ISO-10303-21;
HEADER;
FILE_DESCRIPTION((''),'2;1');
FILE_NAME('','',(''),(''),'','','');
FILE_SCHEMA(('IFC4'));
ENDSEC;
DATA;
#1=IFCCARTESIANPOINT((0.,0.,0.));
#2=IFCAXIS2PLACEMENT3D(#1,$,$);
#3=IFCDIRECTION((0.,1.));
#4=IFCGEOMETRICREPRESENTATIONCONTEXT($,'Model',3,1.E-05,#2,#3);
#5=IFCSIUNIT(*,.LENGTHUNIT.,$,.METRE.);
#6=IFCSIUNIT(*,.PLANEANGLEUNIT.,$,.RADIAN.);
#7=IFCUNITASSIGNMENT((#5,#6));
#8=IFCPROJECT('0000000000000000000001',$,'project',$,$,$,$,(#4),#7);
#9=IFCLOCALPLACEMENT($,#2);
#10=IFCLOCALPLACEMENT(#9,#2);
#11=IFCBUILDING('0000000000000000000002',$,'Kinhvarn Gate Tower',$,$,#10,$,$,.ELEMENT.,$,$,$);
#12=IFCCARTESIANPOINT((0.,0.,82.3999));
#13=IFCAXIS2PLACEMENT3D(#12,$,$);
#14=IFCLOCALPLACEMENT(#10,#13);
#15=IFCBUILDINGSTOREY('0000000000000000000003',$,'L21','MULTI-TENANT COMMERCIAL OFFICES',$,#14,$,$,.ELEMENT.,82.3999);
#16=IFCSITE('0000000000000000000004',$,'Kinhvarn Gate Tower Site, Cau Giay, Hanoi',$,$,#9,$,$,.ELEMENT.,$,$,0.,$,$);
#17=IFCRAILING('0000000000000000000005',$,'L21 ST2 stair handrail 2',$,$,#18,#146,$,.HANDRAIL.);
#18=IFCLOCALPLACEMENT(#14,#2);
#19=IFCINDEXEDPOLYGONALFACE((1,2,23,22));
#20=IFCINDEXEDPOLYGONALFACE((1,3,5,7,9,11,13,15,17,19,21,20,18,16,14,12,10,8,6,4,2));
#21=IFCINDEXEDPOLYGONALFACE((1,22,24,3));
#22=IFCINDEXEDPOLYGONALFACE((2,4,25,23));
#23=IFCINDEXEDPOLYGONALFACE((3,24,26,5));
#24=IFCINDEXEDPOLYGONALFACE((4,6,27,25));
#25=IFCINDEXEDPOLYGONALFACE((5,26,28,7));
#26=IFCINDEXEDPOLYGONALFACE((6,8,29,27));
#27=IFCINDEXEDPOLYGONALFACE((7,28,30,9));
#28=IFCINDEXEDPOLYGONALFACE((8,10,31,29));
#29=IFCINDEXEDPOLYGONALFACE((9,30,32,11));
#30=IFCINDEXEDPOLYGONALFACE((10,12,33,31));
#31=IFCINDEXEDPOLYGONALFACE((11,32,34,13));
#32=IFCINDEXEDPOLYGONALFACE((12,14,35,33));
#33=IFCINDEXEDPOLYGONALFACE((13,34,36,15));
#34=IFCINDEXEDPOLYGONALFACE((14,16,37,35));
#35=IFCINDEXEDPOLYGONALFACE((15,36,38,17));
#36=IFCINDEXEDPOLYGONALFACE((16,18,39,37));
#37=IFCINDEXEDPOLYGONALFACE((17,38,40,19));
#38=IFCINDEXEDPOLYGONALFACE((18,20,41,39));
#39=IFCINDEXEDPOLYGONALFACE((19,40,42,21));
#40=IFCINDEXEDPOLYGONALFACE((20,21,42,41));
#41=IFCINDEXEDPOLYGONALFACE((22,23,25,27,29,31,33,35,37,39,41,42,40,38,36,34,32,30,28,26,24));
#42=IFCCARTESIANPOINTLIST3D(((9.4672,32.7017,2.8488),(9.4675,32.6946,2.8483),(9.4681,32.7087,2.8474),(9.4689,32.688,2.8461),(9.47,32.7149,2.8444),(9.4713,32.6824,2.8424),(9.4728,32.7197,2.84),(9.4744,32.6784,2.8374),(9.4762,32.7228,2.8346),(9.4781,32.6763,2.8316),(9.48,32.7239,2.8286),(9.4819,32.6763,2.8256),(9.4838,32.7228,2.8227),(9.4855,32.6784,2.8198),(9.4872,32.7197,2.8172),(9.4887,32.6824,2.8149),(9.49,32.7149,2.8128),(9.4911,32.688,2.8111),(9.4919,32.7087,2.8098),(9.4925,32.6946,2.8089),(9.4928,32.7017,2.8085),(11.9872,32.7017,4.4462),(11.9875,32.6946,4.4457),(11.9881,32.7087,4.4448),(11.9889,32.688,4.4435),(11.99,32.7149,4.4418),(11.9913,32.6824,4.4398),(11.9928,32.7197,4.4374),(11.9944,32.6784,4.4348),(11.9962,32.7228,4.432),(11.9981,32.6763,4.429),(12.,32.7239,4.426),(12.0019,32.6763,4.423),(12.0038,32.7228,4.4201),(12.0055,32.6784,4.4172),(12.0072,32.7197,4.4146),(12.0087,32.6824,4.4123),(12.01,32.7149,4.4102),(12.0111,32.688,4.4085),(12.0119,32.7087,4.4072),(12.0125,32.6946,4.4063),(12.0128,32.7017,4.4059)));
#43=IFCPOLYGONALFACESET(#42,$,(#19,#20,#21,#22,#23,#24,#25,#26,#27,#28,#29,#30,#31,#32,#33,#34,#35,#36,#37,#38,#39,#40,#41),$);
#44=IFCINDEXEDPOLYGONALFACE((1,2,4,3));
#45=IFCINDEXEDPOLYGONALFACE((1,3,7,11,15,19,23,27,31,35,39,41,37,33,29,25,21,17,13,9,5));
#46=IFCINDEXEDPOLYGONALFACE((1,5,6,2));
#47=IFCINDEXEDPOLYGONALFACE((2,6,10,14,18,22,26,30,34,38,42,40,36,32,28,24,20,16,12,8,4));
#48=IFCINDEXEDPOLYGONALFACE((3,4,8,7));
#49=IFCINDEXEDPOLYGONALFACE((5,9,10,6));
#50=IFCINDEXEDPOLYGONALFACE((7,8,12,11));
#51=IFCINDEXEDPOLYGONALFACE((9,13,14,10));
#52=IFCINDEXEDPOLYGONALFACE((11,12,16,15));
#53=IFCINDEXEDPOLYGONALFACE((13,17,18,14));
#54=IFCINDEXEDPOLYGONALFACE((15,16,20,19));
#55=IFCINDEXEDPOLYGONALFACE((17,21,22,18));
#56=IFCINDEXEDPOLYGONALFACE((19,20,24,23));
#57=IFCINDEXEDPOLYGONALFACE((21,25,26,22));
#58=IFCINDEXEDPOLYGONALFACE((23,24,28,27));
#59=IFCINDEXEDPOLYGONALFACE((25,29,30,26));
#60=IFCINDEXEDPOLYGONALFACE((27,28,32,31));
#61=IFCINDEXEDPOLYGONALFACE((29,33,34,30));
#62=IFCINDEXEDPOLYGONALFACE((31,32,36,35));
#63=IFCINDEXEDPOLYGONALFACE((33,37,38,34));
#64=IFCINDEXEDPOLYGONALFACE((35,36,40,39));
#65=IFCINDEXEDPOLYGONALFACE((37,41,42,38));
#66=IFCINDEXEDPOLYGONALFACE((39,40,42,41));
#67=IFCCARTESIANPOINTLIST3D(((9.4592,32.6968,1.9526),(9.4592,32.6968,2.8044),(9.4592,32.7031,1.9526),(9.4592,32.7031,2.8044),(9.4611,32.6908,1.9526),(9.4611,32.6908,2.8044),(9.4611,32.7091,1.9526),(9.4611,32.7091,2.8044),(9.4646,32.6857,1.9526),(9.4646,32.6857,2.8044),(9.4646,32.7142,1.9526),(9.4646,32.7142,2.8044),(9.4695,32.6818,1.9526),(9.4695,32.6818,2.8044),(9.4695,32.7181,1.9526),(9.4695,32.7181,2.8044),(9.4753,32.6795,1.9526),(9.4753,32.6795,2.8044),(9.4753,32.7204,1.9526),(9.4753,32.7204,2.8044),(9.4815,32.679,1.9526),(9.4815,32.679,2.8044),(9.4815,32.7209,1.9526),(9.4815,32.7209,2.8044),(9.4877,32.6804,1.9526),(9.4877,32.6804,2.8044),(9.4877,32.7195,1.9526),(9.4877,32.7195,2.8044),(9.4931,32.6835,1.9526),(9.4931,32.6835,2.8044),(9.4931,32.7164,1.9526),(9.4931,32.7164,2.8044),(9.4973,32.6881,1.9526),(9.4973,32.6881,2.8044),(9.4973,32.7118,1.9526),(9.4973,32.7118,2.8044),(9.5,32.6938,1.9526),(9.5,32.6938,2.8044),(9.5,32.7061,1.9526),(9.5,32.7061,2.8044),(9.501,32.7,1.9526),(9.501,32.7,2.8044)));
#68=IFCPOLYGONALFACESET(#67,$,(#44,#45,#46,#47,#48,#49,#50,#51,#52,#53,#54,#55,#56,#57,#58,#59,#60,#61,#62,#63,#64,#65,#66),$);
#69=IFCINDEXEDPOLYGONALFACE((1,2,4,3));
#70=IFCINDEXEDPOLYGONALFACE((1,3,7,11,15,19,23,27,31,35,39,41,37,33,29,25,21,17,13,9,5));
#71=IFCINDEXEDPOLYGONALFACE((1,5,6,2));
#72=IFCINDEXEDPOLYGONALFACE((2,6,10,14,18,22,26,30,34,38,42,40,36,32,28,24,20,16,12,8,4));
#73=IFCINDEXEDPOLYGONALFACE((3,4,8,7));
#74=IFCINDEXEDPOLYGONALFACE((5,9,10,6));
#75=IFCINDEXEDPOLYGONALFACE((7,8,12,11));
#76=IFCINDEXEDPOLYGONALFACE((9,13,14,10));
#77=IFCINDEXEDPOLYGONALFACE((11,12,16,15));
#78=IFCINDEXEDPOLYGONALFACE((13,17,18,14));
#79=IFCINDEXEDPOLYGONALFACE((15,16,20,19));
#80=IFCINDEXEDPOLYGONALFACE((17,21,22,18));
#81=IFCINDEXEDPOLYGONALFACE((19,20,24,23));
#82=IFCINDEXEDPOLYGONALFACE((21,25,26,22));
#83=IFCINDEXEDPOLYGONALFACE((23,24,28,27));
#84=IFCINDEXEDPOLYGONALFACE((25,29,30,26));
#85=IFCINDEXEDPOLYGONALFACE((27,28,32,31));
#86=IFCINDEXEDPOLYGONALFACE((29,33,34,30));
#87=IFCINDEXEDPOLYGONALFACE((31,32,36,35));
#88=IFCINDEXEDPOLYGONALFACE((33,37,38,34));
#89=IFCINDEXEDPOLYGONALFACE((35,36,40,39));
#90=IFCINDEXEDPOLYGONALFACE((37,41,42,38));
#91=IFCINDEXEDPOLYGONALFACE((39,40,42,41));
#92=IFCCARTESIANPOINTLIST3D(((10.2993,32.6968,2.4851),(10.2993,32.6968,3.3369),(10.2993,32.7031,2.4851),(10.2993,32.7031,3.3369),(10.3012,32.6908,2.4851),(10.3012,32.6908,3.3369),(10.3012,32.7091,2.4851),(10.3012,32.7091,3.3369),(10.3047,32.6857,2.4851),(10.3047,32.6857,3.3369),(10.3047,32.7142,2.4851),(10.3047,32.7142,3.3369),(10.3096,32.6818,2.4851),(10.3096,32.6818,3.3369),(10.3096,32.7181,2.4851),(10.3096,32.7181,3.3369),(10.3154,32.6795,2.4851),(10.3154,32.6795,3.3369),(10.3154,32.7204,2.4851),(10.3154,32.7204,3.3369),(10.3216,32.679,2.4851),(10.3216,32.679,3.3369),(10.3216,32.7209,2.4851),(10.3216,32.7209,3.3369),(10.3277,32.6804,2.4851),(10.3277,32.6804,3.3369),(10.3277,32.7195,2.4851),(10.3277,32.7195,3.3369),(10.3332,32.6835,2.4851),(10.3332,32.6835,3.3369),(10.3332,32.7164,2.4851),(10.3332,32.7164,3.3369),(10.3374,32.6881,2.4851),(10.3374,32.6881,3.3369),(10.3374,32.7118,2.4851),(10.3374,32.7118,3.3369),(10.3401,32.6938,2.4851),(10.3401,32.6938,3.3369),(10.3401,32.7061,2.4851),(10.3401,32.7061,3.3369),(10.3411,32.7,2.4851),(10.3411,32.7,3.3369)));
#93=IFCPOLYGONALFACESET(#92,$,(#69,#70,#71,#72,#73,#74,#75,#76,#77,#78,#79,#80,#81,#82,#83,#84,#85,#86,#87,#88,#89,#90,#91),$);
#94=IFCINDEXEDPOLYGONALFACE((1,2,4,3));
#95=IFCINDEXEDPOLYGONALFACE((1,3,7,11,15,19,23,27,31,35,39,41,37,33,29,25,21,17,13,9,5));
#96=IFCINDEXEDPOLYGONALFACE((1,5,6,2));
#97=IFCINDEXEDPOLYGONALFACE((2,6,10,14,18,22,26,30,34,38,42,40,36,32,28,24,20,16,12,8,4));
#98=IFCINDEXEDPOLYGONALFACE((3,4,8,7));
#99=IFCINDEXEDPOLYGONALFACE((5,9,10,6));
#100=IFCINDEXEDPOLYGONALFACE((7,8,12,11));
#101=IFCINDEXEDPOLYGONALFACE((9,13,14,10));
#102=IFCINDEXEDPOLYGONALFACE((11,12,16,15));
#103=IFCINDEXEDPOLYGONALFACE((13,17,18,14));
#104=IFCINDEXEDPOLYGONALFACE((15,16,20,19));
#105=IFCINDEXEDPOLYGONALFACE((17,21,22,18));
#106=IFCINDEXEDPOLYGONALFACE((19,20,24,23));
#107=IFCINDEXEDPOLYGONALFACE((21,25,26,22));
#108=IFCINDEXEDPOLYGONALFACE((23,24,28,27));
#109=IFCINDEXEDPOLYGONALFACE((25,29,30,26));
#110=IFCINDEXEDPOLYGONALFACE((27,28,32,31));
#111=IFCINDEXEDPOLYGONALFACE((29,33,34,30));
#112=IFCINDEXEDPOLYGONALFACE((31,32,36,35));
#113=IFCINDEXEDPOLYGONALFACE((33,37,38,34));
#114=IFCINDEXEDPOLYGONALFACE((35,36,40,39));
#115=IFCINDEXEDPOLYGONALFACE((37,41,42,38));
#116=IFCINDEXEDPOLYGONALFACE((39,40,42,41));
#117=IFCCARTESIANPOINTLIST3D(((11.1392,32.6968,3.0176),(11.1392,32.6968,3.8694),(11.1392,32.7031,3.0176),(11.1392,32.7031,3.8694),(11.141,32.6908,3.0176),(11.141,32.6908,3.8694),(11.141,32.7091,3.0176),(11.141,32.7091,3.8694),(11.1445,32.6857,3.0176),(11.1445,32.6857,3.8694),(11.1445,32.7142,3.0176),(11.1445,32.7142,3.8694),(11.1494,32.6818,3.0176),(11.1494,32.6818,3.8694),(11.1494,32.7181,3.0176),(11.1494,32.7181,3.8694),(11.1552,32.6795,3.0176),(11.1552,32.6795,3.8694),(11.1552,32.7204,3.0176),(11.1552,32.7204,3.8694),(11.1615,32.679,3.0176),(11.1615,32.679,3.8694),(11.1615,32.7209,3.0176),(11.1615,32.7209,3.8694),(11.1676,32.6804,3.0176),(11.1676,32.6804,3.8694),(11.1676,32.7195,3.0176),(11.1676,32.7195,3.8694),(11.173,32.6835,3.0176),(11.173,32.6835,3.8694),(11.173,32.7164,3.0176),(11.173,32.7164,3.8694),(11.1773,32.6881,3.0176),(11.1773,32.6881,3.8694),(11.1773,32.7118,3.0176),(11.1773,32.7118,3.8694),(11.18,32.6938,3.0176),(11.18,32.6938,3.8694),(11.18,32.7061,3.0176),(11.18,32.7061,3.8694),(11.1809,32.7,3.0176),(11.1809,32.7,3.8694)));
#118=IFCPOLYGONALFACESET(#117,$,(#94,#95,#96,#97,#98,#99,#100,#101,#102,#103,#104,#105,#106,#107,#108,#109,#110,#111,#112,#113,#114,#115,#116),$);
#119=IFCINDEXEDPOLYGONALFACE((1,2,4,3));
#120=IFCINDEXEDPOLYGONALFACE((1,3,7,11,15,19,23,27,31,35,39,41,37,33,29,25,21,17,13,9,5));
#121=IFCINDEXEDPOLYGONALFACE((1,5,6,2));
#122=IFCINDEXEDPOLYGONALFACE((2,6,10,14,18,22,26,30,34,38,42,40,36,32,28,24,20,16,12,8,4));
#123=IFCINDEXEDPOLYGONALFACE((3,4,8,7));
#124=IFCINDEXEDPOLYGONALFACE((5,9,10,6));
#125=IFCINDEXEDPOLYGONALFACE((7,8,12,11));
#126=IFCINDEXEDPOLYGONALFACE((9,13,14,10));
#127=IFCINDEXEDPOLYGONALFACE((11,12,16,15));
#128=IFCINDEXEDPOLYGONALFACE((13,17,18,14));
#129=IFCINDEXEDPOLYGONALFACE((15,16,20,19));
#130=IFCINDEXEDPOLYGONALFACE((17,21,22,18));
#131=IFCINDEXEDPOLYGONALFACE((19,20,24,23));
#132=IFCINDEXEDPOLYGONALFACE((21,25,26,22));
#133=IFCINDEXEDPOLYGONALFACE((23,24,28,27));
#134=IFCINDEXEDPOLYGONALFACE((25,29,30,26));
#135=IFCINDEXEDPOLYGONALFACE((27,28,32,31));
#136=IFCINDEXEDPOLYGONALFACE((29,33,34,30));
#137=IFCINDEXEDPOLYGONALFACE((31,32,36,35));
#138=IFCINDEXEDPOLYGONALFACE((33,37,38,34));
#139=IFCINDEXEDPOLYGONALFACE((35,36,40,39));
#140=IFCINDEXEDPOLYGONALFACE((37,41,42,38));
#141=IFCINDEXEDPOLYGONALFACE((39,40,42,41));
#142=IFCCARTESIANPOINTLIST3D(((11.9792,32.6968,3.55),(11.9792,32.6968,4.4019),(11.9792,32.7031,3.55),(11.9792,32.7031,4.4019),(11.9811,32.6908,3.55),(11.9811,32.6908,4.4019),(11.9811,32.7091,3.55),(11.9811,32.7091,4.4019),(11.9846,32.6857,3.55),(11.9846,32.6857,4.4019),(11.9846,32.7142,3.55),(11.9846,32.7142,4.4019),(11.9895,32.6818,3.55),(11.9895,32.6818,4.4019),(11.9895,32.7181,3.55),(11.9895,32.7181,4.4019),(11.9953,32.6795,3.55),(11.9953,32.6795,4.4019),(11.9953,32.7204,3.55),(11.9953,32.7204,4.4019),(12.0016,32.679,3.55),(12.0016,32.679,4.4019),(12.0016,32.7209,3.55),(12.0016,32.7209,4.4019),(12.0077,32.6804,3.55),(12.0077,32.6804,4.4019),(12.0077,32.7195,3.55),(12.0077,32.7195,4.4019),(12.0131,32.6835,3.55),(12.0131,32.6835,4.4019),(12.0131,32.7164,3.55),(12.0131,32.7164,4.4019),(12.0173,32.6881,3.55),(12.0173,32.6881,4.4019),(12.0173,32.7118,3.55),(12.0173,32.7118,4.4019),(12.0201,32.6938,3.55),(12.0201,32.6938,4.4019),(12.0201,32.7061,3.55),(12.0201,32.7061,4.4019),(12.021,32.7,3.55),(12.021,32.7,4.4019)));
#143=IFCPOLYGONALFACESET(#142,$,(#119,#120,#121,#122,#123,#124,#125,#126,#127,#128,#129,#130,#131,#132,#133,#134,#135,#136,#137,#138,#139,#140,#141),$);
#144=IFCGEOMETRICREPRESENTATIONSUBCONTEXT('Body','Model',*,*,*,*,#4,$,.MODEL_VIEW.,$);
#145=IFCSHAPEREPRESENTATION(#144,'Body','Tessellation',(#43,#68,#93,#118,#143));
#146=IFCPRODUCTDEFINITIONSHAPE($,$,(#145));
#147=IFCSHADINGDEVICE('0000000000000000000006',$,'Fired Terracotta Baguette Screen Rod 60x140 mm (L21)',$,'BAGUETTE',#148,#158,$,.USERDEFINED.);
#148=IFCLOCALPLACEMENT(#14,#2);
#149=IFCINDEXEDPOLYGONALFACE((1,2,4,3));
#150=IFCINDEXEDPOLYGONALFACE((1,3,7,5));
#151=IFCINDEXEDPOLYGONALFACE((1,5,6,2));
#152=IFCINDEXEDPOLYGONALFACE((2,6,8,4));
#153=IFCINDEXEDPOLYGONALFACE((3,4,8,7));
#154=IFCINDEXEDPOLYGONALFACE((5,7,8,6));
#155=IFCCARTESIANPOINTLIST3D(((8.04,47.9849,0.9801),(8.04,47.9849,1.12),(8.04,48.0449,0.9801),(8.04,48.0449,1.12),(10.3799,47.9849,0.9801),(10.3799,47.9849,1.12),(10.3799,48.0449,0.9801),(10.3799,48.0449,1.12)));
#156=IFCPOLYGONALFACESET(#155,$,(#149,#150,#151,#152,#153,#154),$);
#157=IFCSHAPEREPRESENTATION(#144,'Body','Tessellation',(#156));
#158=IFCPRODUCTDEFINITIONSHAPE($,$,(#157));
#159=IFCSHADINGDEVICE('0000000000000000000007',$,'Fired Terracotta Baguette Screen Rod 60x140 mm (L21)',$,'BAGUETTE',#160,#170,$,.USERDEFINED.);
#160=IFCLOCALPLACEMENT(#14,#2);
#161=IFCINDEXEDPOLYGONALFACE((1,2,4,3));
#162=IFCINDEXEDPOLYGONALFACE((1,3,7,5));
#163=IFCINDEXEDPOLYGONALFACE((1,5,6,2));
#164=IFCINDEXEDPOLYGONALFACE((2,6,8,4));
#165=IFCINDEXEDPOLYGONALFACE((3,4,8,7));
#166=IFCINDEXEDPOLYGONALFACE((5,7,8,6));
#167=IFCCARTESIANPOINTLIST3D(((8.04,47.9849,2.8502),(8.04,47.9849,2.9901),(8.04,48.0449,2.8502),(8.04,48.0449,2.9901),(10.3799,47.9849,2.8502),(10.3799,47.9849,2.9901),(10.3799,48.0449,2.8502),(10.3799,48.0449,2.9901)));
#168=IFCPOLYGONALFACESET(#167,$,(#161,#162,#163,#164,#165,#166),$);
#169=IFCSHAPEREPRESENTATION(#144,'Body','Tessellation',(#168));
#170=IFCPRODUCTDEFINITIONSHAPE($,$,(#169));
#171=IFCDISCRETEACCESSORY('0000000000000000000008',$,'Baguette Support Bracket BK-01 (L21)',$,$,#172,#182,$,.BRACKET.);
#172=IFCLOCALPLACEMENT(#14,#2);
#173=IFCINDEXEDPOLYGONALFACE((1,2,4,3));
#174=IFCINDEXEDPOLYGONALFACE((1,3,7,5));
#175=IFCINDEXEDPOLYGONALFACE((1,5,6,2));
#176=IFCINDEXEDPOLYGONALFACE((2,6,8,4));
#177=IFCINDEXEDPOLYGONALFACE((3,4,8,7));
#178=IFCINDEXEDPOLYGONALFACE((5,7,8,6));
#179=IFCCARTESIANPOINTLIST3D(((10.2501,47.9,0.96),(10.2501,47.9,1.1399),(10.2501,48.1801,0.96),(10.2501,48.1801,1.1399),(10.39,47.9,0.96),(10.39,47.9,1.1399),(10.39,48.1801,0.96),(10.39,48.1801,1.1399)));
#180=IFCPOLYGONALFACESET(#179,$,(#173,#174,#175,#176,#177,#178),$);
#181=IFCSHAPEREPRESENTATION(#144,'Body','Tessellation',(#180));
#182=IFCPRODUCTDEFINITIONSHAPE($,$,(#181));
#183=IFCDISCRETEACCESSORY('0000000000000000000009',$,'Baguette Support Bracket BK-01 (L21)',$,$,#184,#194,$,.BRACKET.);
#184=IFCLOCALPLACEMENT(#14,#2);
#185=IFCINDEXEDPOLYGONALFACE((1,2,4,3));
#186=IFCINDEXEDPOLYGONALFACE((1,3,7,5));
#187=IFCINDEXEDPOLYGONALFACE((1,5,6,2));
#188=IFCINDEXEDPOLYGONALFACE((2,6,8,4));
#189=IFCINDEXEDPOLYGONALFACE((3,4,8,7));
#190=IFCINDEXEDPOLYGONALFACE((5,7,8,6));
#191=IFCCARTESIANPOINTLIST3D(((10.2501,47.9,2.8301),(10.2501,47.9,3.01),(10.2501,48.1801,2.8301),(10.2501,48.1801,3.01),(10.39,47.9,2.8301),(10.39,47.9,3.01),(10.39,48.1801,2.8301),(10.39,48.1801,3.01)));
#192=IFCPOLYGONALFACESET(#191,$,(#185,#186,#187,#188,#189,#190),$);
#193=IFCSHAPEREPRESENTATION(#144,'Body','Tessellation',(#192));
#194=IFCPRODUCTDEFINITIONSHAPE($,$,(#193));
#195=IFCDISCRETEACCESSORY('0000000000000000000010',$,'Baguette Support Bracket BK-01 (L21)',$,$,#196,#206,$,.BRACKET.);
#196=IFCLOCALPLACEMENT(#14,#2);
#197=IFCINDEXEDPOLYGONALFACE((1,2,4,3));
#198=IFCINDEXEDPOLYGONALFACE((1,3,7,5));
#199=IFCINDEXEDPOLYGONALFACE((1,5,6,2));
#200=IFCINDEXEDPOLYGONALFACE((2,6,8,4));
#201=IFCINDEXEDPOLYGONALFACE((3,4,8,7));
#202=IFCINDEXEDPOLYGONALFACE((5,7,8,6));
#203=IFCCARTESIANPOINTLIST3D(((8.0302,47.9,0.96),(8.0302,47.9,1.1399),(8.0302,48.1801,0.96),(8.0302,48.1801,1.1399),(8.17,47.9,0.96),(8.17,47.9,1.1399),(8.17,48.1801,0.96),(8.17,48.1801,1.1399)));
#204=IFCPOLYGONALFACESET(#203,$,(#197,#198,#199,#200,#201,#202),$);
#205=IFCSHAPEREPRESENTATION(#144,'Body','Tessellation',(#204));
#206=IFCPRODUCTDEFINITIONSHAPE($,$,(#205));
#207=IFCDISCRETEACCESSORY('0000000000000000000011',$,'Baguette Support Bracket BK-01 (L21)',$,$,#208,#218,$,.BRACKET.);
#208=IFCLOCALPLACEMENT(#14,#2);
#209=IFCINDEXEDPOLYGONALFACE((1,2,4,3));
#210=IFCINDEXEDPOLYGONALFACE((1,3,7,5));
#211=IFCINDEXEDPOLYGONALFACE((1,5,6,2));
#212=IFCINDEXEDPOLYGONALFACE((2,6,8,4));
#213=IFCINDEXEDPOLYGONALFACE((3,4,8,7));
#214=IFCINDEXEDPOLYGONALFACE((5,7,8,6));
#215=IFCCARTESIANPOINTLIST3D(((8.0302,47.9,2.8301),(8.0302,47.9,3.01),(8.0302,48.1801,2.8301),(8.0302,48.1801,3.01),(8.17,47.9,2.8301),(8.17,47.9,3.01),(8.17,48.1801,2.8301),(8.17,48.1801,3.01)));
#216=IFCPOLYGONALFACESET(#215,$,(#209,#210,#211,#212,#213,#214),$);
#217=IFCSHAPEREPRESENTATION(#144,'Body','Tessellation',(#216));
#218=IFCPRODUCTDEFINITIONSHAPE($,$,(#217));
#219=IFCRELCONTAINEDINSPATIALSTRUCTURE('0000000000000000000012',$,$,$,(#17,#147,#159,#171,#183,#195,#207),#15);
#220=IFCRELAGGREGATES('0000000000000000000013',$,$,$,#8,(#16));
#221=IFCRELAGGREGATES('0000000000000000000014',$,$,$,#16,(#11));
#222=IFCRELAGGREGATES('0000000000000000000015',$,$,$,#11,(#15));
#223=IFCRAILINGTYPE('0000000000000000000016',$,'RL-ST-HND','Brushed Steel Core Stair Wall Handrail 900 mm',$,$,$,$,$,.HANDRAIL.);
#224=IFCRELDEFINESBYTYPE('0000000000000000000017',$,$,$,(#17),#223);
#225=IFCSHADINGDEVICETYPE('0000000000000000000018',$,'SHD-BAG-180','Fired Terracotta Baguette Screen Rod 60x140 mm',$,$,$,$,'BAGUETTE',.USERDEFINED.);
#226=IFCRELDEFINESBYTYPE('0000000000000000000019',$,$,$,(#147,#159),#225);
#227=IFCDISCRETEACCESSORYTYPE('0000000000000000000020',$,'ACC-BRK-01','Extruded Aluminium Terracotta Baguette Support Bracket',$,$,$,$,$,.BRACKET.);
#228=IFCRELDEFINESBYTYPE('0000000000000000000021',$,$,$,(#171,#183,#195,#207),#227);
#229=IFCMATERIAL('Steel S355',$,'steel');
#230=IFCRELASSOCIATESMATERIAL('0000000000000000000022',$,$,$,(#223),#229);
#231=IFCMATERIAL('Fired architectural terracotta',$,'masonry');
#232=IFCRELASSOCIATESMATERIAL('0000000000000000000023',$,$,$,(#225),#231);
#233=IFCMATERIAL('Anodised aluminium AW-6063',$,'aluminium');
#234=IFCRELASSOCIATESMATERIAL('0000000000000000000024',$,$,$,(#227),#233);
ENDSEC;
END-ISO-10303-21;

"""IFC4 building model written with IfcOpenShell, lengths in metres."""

from ifc_helpers import new_model, si_unit, direction, frame, origin, origin_2d, place, context, subcontext, project, spatial, rectangle, circle, extrude, material, material_profile, profile_set, type_object, element, save


model = new_model("IFC4")

# Units and contexts
model_context = context("Model", 3, precision=1e-05, world=origin(), true_north=direction((0.0, 1.0)))
body_context = subcontext(model_context, "Body", "Model", "MODEL_VIEW")
ifc_project = project(units=[si_unit("LENGTHUNIT", "METRE"), si_unit("PLANEANGLEUNIT", "RADIAN")], contexts=[model_context])

# Site, building, storey
site_placement = place(None, origin())
site = spatial("IfcSite", under=ifc_project, at=site_placement, Name="Kinhvarn Gate Tower Site, Cau Giay, Hanoi", CompositionType="ELEMENT", RefElevation=0.0)
building_placement = place(site_placement, origin())
building = spatial("IfcBuilding", under=site, at=building_placement, Name="Kinhvarn Gate Tower", CompositionType="ELEMENT")
storey_placement = place(building_placement, frame((0.0, 0.0, 82.3999)))
storey = spatial("IfcBuildingStorey", under=building, at=storey_placement, Name="L21", Description="MULTI-TENANT COMMERCIAL OFFICES", CompositionType="ELEMENT", Elevation=82.3999)

# Shared definitions
ifc_material_1 = material(Name="Anodised aluminium AW-6063", Category="aluminium")

# Shared definitions
ifc_material_2 = material(Name="Steel S355", Category="steel")

# Shared definitions
ifc_material_3 = material(Name="Fired architectural terracotta", Category="masonry")

# Railing
railing_type_1 = type_object("IfcRailingType", Name="RL-ST-HND", Description="Brushed Steel Core Stair Wall Handrail 900 mm", PredefinedType="HANDRAIL", material=ifc_material_2)
railing_1_placement = place(storey_placement, frame((9.48, 32.7, 1.9526)))
element("IfcRailing", 1, at=railing_1_placement, inside=storey, type_object=railing_type_1, Name="L21 ST2 stair handrail 2", PredefinedType="HANDRAIL", context=body_context, shape_type="SweptSolid", body=[
    extrude(circle(Radius=0.0239, at=origin_2d()), frame((0.0, 0.0, 0.876), z_axis=(0.844607, 0.0, 0.535387), x_axis=(0.0, 1.0, 0.0)), (0.0, 0.0, 1.0), 2.9836),
    extrude(circle(Radius=0.021, at=origin_2d()), origin(), (0.0, 0.0, 1.0), 0.8518),
    extrude(circle(Radius=0.021, at=origin_2d()), frame((0.8401, 0.0, 0.5325)), (0.0, 0.0, 1.0), 0.8518),
    extrude(circle(Radius=0.021, at=origin_2d()), frame((1.6799, 0.0, 1.0649)), (0.0, 0.0, 1.0), 0.8518),
    extrude(circle(Radius=0.021, at=origin_2d()), frame((2.52, 0.0, 1.5974)), (0.0, 0.0, 1.0), 0.8518),
])

# Shading devices
ifc_material_profile_1 = material_profile(ifc_material_3, rectangle(XDim=0.0601, YDim=0.1399, at=origin_2d()), Name="TC 60x140")
ifc_profile_set_1 = profile_set([ifc_material_profile_1], Name="Fired architectural terracotta")
shading_device_type = type_object("IfcShadingDeviceType", Name="SHD-BAG-180", Description="Fired Terracotta Baguette Screen Rod 60x140 mm", ElementType="BAGUETTE", PredefinedType="USERDEFINED", material=ifc_profile_set_1)
for number, where, z_axis, x_axis, name in (
    (2, (10.3799, 48.0149, 1.05), (-1.0, 0.0, 0.0), (0.0, -1.0, 0.0), "Fired Terracotta Baguette Screen Rod 60x140 mm (L21)"),
    (3, (10.3799, 48.0149, 2.9202), (-1.0, 0.0, 0.0), (0.0, -1.0, 0.0), "Fired Terracotta Baguette Screen Rod 60x140 mm (L21)"),
):
    element("IfcShadingDevice", number, at=place(storey_placement, frame(where, z_axis=z_axis, x_axis=x_axis)), inside=storey, type_object=shading_device_type, Name=name, ObjectType="BAGUETTE", PredefinedType="USERDEFINED", context=body_context, shape_type="SweptSolid", body=[
        extrude(rectangle(XDim=0.0601, YDim=0.1399, at=origin_2d()), origin(), (0.0, 0.0, 1.0), 2.3398),
    ])

# Discrete accessories
discrete_accessory_type = type_object("IfcDiscreteAccessoryType", Name="ACC-BRK-01", Description="Extruded Aluminium Terracotta Baguette Support Bracket", PredefinedType="BRACKET", material=ifc_material_1)
for number, where, z_axis, x_axis, name in (
    (4, (10.3201, 48.04, 0.96), (0.0, 0.0, 1.0), (-1.0, 0.0, 0.0), "Baguette Support Bracket BK-01 (L21)"),
    (5, (10.3201, 48.04, 2.8301), (0.0, 0.0, 1.0), (-1.0, 0.0, 0.0), "Baguette Support Bracket BK-01 (L21)"),
    (6, (8.1001, 48.04, 0.96), (0.0, 0.0, 1.0), (-1.0, 0.0, 0.0), "Baguette Support Bracket BK-01 (L21)"),
    (7, (8.1001, 48.04, 2.8301), (0.0, 0.0, 1.0), (-1.0, 0.0, 0.0), "Baguette Support Bracket BK-01 (L21)"),
):
    element("IfcDiscreteAccessory", number, at=place(storey_placement, frame(where, z_axis=z_axis, x_axis=x_axis)), inside=storey, type_object=discrete_accessory_type, Name=name, PredefinedType="BRACKET", context=body_context, shape_type="SweptSolid", body=[
        extrude(rectangle(XDim=0.1399, YDim=0.28, at=origin_2d()), origin(), (0.0, 0.0, 1.0), 0.1799),
    ])

save(model, "model.ifc")
